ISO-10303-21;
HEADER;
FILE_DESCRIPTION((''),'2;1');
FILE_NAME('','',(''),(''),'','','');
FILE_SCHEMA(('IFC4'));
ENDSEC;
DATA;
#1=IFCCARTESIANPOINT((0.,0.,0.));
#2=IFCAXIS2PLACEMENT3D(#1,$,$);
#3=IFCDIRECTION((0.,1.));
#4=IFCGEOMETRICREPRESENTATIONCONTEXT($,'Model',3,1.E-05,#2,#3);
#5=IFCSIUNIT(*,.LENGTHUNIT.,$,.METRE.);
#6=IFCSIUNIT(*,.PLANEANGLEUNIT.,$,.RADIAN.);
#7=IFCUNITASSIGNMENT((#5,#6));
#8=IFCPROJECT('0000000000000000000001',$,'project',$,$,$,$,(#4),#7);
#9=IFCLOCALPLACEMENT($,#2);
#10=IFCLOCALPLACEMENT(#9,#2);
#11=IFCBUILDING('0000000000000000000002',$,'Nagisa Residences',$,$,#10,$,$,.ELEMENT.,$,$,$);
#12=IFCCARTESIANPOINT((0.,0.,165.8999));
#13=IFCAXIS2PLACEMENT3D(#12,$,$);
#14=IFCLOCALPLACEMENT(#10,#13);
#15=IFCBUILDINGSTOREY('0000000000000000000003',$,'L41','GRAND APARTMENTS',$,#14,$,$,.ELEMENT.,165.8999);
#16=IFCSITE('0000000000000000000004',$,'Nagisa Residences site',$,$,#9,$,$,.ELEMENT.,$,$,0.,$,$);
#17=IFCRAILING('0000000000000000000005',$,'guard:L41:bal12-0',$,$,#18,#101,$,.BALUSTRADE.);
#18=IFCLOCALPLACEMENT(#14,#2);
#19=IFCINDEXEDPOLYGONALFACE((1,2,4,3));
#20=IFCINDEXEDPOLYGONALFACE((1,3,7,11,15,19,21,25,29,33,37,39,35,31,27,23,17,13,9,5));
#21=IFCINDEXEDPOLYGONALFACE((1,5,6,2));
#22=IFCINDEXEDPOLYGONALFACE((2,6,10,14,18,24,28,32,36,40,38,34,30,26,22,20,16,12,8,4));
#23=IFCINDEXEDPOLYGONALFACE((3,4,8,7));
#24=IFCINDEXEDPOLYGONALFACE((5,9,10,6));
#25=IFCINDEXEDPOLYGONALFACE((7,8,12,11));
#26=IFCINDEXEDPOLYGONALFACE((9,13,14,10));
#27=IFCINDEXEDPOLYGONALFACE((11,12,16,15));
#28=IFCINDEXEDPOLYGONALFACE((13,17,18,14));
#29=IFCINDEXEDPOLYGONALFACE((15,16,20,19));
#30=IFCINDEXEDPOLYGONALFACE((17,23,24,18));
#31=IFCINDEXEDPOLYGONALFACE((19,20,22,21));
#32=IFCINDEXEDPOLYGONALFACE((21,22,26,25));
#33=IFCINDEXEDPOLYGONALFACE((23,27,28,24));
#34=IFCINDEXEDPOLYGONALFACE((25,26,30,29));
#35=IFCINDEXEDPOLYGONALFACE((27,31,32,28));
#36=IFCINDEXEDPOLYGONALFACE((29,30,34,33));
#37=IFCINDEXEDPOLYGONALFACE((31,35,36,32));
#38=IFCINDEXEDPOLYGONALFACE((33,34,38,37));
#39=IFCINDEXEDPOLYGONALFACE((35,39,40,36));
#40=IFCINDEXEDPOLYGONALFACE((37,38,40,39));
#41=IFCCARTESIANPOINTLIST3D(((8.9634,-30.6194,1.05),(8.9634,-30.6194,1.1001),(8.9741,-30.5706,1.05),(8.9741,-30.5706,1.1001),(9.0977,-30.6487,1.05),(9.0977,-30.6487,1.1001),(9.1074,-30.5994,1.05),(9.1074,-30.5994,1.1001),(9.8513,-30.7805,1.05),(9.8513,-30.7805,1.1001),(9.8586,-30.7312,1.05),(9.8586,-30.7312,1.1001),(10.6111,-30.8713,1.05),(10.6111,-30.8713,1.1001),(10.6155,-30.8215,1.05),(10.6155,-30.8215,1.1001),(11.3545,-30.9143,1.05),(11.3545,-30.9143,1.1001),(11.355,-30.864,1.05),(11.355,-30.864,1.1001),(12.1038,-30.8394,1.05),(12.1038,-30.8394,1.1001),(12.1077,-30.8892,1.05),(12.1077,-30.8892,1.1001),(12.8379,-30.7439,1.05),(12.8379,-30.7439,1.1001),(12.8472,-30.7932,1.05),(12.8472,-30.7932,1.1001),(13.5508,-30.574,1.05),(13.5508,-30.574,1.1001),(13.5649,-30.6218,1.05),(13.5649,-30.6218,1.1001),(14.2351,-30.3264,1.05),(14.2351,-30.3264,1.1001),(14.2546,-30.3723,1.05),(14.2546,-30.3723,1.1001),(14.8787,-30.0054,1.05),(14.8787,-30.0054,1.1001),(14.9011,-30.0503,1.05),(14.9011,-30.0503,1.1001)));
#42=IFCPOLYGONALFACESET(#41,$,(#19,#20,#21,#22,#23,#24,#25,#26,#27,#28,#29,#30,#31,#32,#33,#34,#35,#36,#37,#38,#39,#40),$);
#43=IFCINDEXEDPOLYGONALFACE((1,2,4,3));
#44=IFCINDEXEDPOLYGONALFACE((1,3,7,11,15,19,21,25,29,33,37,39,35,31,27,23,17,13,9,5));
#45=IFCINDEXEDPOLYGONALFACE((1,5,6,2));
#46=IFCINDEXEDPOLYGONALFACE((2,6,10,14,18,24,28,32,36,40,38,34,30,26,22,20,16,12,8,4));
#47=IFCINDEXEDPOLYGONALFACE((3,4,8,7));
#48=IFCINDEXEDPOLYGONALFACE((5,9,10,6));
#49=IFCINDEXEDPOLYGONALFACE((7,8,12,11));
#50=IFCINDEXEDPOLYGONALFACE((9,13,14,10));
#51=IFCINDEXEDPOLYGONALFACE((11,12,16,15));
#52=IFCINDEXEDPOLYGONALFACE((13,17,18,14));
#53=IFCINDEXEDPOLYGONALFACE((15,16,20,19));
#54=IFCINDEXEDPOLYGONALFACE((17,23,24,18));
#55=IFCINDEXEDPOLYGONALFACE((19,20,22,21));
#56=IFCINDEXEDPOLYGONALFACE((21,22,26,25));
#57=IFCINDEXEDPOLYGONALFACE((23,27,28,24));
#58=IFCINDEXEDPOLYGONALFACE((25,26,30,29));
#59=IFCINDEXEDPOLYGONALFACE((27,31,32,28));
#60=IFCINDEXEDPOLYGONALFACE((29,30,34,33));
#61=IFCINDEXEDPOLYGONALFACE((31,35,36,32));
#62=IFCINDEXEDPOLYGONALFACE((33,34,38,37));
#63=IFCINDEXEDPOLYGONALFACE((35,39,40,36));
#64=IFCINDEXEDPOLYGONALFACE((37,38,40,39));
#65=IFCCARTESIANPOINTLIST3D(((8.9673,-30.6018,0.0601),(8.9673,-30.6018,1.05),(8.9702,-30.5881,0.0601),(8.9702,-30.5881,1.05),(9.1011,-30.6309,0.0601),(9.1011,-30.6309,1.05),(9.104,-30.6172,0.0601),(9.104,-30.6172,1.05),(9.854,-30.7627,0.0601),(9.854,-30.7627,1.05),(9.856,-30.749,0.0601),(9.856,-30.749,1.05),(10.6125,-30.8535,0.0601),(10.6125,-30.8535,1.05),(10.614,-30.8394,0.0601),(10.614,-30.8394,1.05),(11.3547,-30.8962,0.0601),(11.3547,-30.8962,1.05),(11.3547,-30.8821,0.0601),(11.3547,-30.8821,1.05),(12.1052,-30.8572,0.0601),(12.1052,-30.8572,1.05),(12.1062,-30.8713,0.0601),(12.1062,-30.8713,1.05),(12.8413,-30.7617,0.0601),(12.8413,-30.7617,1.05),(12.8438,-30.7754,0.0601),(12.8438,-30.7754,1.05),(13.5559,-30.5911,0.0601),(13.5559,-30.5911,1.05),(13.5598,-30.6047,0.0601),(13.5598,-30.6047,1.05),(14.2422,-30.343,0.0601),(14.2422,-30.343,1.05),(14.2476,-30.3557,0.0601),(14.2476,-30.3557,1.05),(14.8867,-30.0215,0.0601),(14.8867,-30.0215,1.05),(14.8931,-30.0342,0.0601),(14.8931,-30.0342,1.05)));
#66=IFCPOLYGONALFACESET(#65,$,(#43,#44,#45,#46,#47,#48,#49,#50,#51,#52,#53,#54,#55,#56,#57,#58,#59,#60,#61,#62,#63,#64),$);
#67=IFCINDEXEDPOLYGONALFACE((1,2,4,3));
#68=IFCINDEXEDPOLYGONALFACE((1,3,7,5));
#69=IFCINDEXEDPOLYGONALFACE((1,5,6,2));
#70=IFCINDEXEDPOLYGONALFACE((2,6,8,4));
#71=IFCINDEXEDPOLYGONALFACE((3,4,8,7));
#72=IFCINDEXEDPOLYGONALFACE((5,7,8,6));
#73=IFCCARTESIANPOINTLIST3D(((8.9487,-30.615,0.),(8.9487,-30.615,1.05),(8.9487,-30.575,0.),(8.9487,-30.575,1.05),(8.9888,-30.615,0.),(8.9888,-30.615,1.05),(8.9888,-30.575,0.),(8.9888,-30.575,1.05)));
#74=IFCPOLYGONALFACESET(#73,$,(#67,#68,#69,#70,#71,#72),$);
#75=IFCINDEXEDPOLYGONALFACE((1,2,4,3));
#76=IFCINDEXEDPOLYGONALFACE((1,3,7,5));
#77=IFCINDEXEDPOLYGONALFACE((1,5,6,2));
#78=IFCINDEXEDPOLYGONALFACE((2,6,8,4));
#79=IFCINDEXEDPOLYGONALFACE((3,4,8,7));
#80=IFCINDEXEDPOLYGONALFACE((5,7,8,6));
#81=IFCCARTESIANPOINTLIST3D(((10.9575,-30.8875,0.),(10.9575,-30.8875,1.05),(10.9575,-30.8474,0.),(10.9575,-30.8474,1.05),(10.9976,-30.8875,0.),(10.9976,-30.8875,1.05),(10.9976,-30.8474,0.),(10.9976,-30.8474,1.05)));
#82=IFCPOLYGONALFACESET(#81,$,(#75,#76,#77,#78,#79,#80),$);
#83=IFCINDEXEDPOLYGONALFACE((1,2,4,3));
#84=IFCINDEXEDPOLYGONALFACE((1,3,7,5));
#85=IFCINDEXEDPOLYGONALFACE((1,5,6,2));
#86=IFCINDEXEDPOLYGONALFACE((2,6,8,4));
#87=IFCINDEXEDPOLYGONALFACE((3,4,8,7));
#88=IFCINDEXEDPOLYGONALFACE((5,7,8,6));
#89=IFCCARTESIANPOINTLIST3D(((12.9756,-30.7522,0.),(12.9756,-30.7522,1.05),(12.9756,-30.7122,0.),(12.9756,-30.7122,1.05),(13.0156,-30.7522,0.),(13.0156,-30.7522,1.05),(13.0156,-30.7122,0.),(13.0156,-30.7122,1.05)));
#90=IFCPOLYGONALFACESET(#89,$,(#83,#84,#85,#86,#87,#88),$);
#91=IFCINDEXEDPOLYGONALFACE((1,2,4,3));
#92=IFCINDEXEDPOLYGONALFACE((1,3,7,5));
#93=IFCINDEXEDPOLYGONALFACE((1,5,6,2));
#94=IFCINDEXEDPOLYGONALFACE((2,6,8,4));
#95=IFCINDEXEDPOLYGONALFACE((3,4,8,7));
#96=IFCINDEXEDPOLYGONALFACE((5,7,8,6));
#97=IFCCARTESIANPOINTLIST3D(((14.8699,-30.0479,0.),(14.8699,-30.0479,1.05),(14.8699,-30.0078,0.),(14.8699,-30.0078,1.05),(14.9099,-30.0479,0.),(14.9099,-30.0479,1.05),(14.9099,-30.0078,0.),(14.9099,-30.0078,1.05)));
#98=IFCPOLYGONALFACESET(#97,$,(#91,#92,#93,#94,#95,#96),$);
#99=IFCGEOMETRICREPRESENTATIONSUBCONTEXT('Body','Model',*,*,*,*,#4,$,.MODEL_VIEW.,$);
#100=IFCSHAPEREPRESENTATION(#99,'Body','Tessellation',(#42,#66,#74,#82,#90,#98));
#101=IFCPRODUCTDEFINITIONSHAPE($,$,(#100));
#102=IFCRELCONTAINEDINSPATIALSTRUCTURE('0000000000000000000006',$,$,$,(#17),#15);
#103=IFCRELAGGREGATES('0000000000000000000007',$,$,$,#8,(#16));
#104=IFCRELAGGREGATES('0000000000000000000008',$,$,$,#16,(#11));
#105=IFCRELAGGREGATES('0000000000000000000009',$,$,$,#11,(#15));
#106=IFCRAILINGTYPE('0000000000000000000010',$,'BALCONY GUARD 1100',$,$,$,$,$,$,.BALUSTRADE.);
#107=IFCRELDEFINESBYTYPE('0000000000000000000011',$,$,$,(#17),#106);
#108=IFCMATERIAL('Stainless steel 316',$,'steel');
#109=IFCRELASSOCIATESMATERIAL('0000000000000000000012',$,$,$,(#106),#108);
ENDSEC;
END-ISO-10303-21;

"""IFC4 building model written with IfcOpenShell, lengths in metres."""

from ifc_helpers import new_model, si_unit, direction, frame, origin, origin_2d, place, context, subcontext, project, spatial, polyline, rectangle, outline, extrude, material, type_object, element, save


model = new_model("IFC4")

# Units and contexts
model_context = context("Model", 3, precision=1e-05, world=origin(), true_north=direction((0.0, 1.0)))
body_context = subcontext(model_context, "Body", "Model", "MODEL_VIEW")
ifc_project = project(units=[si_unit("LENGTHUNIT", "METRE"), si_unit("PLANEANGLEUNIT", "RADIAN")], contexts=[model_context])

# Site, building, storey
site_placement = place(None, origin())
site = spatial("IfcSite", under=ifc_project, at=site_placement, Name="Nagisa Residences site", CompositionType="ELEMENT", RefElevation=0.0)
building_placement = place(site_placement, origin())
building = spatial("IfcBuilding", under=site, at=building_placement, Name="Nagisa Residences", CompositionType="ELEMENT")
storey_placement = place(building_placement, frame((0.0, 0.0, 165.8999)))
storey = spatial("IfcBuildingStorey", under=building, at=storey_placement, Name="L41", Description="GRAND APARTMENTS", CompositionType="ELEMENT", Elevation=165.8999)

# Railing
ifc_material_1 = material(Name="Stainless steel 316", Category="steel")
railing_type_1 = type_object("IfcRailingType", Name="BALCONY GUARD 1100", PredefinedType="BALUSTRADE", material=ifc_material_1)
railing_1_placement = place(storey_placement, frame((8.9688, -30.595, 0.0)))
element("IfcRailing", 1, at=railing_1_placement, inside=storey, type_object=railing_type_1, Name="guard:L41:bal12-0", PredefinedType="BALUSTRADE", context=body_context, shape_type="SweptSolid", body=[
    extrude(outline(polyline([(0.1387, -0.0044), (0.0054, 0.0244), (-0.0054, -0.0244), (0.1289, -0.0537), (0.8826, -0.1855), (1.6423, -0.2764), (2.3857, -0.3193), (3.1389, -0.2942), (3.8784, -0.1982), (4.5962, -0.0269), (5.2859, 0.2227), (5.9324, 0.5447), (5.9099, 0.5896), (5.2664, 0.2686), (4.582, 0.021), (3.8691, -0.1489), (3.135, -0.2444), (2.3862, -0.269), (1.6467, -0.2266), (0.8899, -0.1362), (0.1387, -0.0044)])), frame((0.0, 0.0, 1.05)), (0.0, 0.0, 1.0), 0.05),
    extrude(outline(polyline([(0.1353, -0.0222), (0.0015, 0.0068), (-0.0015, -0.0068), (0.1323, -0.0359), (0.8853, -0.1677), (1.6438, -0.2585), (2.386, -0.3013), (3.1375, -0.2764), (3.875, -0.1804), (4.5911, -0.0098), (5.2788, 0.2393), (5.9243, 0.5608), (5.918, 0.5735), (5.2734, 0.252), (4.5872, 0.0039), (3.8726, -0.1667), (3.1365, -0.2622), (2.386, -0.2871), (1.6453, -0.2444), (0.8872, -0.1541), (0.1353, -0.0222)])), frame((0.0, 0.0, 0.0601)), (0.0, 0.0, 1.0), 0.99),
    extrude(rectangle(XDim=0.04, YDim=0.04, at=origin_2d()), origin(), (0.0, 0.0, 1.0), 1.05),
    extrude(rectangle(XDim=0.04, YDim=0.04, at=origin_2d()), frame((2.0088, -0.2725, 0.0)), (0.0, 0.0, 1.0), 1.05),
    extrude(rectangle(XDim=0.04, YDim=0.04, at=origin_2d()), frame((4.0269, -0.1372, 0.0)), (0.0, 0.0, 1.0), 1.05),
    extrude(rectangle(XDim=0.04, YDim=0.04, at=origin_2d()), frame((5.9211, 0.5671, 0.0)), (0.0, 0.0, 1.0), 1.05),
])

save(model, "model.ifc")
